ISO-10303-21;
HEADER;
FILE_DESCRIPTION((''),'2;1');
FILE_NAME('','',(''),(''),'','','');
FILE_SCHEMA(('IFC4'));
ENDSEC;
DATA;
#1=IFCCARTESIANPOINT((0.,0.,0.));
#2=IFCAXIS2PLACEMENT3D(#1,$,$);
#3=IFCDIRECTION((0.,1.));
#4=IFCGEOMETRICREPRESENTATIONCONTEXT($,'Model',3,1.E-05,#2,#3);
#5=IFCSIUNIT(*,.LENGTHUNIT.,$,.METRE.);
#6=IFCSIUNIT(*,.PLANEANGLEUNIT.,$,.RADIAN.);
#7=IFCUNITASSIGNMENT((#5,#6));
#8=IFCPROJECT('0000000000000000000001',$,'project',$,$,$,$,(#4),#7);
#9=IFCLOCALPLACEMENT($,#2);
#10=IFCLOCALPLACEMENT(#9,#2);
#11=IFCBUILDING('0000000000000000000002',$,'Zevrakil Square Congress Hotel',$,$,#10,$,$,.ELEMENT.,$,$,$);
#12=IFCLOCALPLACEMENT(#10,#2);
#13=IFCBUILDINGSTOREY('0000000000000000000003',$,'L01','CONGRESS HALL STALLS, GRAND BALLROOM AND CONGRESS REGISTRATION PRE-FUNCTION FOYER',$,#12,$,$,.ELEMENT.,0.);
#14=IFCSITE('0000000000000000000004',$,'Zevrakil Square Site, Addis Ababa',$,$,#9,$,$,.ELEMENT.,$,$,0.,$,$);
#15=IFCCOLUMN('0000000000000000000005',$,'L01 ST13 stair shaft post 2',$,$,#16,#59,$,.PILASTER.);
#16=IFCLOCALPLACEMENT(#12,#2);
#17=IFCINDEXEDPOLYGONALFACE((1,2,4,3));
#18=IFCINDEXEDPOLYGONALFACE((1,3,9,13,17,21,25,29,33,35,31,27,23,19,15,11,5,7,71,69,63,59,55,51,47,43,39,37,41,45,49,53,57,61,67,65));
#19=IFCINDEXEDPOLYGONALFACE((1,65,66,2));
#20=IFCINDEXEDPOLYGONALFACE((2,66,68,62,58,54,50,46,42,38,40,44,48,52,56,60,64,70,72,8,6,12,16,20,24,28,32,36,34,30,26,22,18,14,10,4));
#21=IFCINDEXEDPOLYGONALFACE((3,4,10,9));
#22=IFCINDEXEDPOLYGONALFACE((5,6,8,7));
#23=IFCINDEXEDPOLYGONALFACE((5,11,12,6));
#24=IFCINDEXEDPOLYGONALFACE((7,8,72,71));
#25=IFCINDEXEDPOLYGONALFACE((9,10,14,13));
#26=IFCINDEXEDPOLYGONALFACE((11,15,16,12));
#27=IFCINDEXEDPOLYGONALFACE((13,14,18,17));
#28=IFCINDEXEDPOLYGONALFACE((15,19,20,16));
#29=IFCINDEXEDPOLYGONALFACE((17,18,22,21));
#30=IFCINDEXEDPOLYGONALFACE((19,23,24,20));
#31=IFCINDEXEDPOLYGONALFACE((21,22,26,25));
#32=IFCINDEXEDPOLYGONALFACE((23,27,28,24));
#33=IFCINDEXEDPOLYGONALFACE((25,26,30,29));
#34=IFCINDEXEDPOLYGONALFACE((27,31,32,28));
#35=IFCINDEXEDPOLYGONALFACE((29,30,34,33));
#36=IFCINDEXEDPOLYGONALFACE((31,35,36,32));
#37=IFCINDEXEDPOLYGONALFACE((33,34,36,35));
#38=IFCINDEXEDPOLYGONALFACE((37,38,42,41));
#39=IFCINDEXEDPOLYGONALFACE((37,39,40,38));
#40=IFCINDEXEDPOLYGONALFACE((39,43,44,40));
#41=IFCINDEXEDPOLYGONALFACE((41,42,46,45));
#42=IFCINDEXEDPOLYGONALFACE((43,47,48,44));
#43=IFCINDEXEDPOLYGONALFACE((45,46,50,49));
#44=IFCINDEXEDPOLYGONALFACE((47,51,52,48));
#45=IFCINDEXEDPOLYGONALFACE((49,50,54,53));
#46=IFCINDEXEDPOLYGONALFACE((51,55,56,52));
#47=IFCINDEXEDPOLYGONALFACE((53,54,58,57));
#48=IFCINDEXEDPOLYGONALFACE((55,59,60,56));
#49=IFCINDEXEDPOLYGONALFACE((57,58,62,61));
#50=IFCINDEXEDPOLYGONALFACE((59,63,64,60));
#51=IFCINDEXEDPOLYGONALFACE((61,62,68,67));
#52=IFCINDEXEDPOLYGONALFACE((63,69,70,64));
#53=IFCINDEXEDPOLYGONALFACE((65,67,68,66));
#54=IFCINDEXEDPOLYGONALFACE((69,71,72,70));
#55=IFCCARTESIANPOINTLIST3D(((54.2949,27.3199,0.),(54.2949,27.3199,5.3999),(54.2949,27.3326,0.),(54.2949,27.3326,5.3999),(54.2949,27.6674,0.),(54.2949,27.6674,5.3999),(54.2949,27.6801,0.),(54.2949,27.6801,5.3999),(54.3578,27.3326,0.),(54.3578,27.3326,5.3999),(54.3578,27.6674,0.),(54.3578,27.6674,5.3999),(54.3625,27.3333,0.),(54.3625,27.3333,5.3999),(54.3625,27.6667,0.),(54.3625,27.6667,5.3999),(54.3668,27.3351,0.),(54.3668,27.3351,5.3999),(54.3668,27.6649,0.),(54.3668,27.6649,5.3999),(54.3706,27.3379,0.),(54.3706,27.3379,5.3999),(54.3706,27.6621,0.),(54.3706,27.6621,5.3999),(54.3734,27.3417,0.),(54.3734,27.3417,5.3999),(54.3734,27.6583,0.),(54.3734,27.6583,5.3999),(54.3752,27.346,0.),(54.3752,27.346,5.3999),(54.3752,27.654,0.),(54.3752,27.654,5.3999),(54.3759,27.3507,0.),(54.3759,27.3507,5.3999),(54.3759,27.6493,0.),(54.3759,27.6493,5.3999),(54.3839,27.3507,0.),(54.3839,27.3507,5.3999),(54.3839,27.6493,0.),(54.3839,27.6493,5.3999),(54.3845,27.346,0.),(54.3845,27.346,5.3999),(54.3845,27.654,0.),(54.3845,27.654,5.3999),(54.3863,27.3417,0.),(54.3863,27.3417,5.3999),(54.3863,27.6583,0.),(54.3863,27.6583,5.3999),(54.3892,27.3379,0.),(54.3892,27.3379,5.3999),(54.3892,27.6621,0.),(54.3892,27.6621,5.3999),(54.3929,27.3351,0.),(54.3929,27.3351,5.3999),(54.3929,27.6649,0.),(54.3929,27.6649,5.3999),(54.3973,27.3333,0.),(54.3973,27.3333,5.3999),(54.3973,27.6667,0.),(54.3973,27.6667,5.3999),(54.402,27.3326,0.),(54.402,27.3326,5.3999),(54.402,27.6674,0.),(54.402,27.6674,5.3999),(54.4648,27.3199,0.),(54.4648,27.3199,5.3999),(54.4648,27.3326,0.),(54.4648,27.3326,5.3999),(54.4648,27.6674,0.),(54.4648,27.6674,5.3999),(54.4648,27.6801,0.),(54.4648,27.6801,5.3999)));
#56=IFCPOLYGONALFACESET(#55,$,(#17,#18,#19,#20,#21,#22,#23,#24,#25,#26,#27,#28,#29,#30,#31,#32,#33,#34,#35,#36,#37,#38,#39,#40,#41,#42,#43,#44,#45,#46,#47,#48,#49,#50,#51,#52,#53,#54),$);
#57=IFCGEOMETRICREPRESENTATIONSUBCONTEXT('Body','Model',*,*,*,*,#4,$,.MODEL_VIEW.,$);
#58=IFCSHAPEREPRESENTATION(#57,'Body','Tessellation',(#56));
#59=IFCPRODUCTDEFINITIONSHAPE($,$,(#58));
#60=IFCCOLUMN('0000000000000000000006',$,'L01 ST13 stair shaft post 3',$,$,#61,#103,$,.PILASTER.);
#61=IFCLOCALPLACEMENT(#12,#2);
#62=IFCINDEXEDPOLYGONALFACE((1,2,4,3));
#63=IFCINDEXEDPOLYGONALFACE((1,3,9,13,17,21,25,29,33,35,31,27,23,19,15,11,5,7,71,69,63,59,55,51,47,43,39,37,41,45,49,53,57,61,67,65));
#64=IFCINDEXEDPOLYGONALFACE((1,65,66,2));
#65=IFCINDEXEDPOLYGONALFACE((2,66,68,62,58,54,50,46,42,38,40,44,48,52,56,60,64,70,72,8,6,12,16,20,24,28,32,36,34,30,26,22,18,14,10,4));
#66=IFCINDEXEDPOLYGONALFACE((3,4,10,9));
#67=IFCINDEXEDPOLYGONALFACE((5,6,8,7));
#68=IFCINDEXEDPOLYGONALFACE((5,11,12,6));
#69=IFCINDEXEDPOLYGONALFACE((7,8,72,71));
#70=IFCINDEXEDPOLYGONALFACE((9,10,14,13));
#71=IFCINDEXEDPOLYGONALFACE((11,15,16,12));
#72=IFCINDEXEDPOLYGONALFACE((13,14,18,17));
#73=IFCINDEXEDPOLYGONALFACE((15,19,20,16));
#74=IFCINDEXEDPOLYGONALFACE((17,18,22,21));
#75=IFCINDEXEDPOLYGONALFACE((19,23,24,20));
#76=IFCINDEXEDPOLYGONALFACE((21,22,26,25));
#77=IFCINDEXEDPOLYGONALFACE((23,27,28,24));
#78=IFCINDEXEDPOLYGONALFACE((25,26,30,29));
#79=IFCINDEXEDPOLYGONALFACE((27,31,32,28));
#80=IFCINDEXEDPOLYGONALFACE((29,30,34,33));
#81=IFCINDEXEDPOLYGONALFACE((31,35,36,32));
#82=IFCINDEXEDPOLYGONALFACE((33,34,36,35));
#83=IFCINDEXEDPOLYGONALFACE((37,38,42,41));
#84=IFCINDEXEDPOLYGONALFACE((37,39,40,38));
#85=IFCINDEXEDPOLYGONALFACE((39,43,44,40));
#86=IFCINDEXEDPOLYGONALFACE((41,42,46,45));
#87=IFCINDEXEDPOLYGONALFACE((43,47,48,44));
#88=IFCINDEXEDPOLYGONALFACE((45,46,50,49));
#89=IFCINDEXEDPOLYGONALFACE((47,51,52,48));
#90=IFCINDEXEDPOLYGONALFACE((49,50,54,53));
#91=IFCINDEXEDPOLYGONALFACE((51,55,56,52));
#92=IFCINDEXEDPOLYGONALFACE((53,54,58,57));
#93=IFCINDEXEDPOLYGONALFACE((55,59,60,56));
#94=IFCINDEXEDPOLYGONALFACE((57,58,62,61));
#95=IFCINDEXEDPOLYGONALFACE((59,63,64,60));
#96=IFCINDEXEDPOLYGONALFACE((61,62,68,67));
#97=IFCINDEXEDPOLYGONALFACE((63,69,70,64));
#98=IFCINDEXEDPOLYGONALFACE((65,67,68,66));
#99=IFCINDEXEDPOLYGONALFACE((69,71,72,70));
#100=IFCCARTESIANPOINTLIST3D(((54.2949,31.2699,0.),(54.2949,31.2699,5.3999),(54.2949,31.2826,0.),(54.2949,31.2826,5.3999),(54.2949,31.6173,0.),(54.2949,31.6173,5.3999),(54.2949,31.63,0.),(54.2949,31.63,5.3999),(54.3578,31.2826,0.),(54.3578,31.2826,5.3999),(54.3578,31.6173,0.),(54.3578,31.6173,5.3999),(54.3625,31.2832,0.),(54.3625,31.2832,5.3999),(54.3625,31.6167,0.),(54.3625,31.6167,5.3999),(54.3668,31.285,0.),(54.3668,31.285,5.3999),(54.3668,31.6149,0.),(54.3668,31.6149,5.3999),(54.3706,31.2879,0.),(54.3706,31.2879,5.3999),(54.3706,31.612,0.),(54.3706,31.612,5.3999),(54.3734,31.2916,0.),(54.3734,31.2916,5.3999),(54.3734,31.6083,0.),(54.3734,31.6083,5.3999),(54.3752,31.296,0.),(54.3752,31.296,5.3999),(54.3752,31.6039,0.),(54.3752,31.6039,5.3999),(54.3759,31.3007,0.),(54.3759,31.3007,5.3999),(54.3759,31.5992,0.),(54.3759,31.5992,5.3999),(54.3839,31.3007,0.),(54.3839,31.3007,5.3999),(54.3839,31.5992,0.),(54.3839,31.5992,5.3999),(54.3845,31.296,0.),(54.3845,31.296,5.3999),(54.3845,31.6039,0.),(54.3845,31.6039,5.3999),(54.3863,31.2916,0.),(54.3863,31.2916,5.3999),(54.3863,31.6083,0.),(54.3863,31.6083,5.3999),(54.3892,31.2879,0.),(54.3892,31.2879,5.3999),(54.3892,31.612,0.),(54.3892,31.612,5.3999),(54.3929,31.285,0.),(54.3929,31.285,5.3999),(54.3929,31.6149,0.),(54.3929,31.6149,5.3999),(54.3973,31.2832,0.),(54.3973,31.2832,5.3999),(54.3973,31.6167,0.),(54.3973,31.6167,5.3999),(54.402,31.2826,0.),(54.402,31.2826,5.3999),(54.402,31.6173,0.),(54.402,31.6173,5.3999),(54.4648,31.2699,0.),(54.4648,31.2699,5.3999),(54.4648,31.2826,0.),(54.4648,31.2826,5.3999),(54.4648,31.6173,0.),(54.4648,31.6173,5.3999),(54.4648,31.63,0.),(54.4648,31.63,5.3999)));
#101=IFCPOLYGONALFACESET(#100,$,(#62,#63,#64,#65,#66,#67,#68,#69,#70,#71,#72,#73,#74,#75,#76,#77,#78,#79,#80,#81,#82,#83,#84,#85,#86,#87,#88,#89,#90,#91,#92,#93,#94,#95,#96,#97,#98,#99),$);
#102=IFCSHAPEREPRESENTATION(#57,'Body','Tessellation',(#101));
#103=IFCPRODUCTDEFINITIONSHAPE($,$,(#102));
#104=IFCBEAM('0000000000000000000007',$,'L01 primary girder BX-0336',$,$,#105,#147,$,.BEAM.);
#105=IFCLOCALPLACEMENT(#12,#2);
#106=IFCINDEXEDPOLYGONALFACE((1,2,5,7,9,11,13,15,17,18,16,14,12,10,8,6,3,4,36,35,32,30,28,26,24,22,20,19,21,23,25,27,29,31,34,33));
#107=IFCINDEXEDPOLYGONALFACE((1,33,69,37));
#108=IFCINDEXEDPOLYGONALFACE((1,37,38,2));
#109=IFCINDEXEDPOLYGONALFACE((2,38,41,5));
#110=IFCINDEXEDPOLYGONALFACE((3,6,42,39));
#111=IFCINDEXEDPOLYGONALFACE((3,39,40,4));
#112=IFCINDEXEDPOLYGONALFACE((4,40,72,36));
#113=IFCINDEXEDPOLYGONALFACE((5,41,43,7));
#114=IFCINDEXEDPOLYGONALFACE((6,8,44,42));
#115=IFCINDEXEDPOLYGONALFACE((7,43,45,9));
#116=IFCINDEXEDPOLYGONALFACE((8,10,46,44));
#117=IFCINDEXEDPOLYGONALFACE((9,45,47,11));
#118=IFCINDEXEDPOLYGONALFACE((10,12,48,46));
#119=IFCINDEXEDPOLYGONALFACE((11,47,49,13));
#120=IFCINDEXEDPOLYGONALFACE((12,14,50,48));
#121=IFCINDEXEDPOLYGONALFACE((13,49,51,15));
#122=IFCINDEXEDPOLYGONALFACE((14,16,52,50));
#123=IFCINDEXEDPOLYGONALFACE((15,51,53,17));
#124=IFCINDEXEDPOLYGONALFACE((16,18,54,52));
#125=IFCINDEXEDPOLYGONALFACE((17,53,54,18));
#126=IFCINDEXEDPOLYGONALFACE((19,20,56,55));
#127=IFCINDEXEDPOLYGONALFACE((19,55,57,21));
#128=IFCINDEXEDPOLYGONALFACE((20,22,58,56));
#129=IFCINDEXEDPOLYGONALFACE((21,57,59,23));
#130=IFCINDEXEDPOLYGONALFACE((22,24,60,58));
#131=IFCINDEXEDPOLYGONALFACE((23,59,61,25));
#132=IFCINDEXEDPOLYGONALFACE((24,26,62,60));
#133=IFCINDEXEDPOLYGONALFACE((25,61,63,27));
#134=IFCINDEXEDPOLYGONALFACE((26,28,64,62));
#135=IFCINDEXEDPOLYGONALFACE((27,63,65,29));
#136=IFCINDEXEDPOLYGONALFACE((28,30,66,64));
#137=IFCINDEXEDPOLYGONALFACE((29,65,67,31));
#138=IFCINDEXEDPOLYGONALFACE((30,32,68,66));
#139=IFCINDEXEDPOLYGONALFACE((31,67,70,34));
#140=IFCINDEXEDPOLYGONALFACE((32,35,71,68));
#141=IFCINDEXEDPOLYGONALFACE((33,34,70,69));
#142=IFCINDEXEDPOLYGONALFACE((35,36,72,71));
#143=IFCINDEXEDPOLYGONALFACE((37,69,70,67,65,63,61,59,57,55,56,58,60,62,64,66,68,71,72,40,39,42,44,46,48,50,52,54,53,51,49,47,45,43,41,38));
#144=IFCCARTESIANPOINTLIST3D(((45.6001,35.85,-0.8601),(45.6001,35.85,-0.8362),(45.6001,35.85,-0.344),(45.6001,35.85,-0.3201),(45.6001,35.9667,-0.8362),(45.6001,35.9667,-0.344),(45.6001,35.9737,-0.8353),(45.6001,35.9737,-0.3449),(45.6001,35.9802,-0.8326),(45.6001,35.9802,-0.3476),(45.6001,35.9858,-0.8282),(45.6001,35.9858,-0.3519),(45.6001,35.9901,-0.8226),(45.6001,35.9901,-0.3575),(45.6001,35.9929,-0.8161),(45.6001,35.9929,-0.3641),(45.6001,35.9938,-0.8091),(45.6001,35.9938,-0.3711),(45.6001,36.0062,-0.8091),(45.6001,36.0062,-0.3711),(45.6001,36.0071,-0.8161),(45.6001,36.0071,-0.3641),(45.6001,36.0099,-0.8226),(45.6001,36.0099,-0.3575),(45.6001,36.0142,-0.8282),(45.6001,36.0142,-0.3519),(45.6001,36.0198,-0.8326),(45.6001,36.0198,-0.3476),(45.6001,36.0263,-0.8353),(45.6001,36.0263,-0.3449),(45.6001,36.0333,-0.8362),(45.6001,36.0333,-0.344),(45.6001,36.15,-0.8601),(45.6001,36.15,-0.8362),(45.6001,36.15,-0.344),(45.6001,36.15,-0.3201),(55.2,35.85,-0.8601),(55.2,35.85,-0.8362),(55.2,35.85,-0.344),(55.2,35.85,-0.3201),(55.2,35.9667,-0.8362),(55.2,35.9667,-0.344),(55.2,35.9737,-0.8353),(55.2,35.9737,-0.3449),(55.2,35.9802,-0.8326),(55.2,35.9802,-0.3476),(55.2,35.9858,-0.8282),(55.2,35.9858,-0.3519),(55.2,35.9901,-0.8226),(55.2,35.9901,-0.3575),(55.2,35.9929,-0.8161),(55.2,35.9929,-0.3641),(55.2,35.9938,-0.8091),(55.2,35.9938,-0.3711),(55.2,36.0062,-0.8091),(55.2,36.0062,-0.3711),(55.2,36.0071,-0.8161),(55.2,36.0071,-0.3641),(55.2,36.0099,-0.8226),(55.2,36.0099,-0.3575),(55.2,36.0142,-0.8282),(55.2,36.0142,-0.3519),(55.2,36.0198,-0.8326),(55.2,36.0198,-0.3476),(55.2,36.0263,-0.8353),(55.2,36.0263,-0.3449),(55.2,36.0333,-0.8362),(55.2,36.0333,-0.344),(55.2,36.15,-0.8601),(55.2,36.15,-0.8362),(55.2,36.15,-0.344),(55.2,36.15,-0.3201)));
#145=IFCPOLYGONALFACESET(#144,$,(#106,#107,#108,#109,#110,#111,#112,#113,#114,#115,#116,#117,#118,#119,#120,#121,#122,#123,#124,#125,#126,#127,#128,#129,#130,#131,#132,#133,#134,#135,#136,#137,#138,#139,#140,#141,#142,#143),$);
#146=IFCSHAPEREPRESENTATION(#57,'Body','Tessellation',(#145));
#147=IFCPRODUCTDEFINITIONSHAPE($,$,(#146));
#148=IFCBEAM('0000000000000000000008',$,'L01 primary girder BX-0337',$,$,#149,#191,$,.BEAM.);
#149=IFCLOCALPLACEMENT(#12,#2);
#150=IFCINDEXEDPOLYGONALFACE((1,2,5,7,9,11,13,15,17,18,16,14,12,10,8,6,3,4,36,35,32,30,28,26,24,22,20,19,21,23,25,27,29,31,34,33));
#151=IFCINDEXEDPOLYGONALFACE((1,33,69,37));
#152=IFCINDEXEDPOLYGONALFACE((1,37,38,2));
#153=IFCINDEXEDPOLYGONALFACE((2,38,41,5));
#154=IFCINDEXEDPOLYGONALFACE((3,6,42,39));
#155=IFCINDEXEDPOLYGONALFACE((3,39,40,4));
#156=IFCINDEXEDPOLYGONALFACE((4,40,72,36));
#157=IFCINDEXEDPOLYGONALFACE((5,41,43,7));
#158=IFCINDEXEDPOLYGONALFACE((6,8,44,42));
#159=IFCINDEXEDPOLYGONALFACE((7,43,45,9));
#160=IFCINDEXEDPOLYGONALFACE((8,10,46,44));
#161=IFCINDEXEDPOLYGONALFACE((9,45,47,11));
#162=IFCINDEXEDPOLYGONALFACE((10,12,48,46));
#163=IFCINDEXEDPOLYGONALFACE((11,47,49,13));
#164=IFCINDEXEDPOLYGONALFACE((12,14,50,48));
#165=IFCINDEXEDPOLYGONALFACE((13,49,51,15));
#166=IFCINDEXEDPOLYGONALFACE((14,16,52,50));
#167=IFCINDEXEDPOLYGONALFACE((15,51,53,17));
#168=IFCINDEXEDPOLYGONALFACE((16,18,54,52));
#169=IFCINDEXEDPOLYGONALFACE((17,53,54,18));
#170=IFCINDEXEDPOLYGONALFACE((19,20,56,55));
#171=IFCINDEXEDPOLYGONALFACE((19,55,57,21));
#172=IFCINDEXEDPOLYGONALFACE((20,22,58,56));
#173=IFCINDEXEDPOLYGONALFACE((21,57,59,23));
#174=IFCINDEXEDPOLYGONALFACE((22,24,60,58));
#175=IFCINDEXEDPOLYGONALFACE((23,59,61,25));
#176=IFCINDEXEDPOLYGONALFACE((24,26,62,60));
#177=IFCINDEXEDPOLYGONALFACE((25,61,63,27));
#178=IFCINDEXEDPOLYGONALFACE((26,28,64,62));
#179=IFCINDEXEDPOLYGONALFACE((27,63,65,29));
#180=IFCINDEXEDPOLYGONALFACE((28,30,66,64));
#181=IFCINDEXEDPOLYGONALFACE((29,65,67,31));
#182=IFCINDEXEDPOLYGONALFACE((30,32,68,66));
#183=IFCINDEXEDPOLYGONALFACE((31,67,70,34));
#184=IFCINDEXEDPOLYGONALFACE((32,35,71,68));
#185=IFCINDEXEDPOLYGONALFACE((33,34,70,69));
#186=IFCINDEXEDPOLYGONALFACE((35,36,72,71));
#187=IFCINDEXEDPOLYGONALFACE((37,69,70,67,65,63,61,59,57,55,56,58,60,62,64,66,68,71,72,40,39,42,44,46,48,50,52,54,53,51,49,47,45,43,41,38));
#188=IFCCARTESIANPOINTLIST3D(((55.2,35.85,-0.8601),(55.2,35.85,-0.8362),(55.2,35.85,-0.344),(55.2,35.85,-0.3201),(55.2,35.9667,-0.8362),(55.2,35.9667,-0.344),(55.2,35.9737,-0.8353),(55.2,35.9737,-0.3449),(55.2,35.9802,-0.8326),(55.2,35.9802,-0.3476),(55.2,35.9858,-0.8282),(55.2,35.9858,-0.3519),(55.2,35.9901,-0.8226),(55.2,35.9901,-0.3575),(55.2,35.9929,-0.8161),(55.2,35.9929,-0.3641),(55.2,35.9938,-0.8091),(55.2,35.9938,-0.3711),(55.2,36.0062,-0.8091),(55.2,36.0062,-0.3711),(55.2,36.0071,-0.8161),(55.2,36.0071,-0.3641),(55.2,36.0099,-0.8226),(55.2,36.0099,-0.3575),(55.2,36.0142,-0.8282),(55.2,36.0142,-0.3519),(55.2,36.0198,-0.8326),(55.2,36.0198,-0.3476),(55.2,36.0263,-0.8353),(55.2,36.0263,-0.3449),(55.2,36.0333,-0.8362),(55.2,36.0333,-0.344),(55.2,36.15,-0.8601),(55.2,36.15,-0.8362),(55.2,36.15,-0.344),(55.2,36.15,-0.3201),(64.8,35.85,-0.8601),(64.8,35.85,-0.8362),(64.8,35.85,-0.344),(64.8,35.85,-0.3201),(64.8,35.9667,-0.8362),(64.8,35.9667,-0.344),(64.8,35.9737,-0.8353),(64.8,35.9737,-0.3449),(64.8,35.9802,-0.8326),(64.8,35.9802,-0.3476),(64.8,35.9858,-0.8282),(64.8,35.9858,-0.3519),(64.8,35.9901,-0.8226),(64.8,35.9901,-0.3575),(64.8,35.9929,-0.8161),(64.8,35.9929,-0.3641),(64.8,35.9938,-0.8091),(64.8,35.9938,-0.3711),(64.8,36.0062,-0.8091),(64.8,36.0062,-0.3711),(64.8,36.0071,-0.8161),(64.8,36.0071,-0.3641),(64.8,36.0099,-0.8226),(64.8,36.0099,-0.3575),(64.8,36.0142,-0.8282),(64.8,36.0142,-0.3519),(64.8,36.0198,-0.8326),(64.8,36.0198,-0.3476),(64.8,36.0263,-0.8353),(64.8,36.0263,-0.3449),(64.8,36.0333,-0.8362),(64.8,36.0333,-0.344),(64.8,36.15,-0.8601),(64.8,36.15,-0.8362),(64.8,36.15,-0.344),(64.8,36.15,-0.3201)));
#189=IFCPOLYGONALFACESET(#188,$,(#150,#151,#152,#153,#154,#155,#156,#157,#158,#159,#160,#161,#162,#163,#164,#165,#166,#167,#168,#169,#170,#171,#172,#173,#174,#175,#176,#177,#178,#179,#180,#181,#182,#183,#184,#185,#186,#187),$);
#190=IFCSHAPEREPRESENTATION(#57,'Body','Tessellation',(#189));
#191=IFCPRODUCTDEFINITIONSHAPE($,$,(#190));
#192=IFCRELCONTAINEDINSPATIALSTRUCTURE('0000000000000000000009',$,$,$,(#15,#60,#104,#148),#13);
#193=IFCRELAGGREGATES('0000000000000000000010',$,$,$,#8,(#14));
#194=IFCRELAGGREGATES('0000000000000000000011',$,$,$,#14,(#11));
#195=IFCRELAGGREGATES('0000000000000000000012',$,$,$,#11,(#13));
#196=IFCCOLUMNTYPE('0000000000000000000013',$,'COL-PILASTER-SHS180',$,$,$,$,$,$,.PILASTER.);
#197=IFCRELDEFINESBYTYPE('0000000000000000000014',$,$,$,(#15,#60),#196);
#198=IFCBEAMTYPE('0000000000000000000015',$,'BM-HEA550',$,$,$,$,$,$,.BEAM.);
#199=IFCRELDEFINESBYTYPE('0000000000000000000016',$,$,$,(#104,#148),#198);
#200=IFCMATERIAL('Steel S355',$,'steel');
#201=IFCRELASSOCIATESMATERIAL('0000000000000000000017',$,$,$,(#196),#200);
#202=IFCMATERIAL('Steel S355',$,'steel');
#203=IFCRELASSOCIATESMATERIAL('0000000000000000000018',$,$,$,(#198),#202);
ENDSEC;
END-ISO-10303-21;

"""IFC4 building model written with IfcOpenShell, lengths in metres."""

from ifc_helpers import new_model, si_unit, direction, frame, origin, origin_2d, place, context, subcontext, project, spatial, i_section, extrude, material, material_profile, profile_set, type_object, element, save


model = new_model("IFC4")

# Units and contexts
model_context = context("Model", 3, precision=1e-05, world=origin(), true_north=direction((0.0, 1.0)))
body_context = subcontext(model_context, "Body", "Model", "MODEL_VIEW")
ifc_project = project(units=[si_unit("LENGTHUNIT", "METRE"), si_unit("PLANEANGLEUNIT", "RADIAN")], contexts=[model_context])

# Site, building, storey
site_placement = place(None, origin())
site = spatial("IfcSite", under=ifc_project, at=site_placement, Name="Zevrakil Square Site, Addis Ababa", CompositionType="ELEMENT", RefElevation=0.0)
building_placement = place(site_placement, origin())
building = spatial("IfcBuilding", under=site, at=building_placement, Name="Zevrakil Square Congress Hotel", CompositionType="ELEMENT")
storey_placement = place(building_placement, origin())
storey = spatial("IfcBuildingStorey", under=building, at=storey_placement, Name="L01", Description="CONGRESS HALL STALLS, GRAND BALLROOM AND CONGRESS REGISTRATION PRE-FUNCTION FOYER", CompositionType="ELEMENT", Elevation=0.0)

# Columns
ifc_material_1 = material(Name="Steel S355", Category="steel")
ifc_material_profile_1 = material_profile(ifc_material_1, i_section(OverallWidth=0.1699, OverallDepth=0.3601, WebThickness=0.0081, FlangeThickness=0.0127, FilletRadius=0.0181, at=origin_2d()), Name="IPE 360")
ifc_profile_set_1 = profile_set([ifc_material_profile_1], Name="Steel S355")
column_type_1 = type_object("IfcColumnType", Name="COL-PILASTER-SHS180", PredefinedType="PILASTER", material=ifc_profile_set_1)
for number, where, z_axis, x_axis, name in (
    (1, (54.3799, 27.5, 0.0), (0.0, 0.0, 1.0), (1.0, 0.0, 0.0), "L01 ST13 stair shaft post 2"),
    (2, (54.3799, 31.45, 0.0), (0.0, 0.0, 1.0), (1.0, 0.0, 0.0), "L01 ST13 stair shaft post 3"),
):
    element("IfcColumn", number, at=place(storey_placement, frame(where, z_axis=z_axis, x_axis=x_axis)), inside=storey, type_object=column_type_1, Name=name, PredefinedType="PILASTER", context=body_context, shape_type="SweptSolid", body=[
        extrude(i_section(OverallWidth=0.1699, OverallDepth=0.3601, WebThickness=0.0081, FlangeThickness=0.0127, FilletRadius=0.0181, at=origin_2d()), origin(), (0.0, 0.0, 1.0), 5.3999),
    ])

# Beams
ifc_material_2 = material(Name="Steel S355", Category="steel")
ifc_material_profile_2 = material_profile(ifc_material_2, i_section(OverallWidth=0.3, OverallDepth=0.54, WebThickness=0.0125, FlangeThickness=0.0239, FilletRadius=0.0271, at=origin_2d()), Name="HEA 550")
ifc_profile_set_2 = profile_set([ifc_material_profile_2], Name="Steel S355")
beam_type_1 = type_object("IfcBeamType", Name="BM-HEA550", PredefinedType="BEAM", material=ifc_profile_set_2)
beam_1_placement = place(storey_placement, frame((45.6001, 36.0, -0.5901), z_axis=(1.0, 0.0, 0.0), x_axis=(0.0, 1.0, 0.0)))
element("IfcBeam", 3, at=beam_1_placement, inside=storey, type_object=beam_type_1, Name="L01 primary girder BX-0336", PredefinedType="BEAM", context=body_context, shape_type="SweptSolid", body=[
    extrude(i_section(OverallWidth=0.3, OverallDepth=0.54, WebThickness=0.0125, FlangeThickness=0.0239, FilletRadius=0.0271, at=origin_2d()), origin(), (0.0, 0.0, 1.0), 9.5999),
])
beam_2_placement = place(storey_placement, frame((55.2, 36.0, -0.5901), z_axis=(1.0, 0.0, 0.0), x_axis=(0.0, 1.0, 0.0)))
element("IfcBeam", 4, at=beam_2_placement, inside=storey, type_object=beam_type_1, Name="L01 primary girder BX-0337", PredefinedType="BEAM", context=body_context, shape_type="SweptSolid", body=[
    extrude(i_section(OverallWidth=0.3, OverallDepth=0.54, WebThickness=0.0125, FlangeThickness=0.0239, FilletRadius=0.0271, at=origin_2d()), origin(), (0.0, 0.0, 1.0), 9.6001),
])

save(model, "model.ifc")
